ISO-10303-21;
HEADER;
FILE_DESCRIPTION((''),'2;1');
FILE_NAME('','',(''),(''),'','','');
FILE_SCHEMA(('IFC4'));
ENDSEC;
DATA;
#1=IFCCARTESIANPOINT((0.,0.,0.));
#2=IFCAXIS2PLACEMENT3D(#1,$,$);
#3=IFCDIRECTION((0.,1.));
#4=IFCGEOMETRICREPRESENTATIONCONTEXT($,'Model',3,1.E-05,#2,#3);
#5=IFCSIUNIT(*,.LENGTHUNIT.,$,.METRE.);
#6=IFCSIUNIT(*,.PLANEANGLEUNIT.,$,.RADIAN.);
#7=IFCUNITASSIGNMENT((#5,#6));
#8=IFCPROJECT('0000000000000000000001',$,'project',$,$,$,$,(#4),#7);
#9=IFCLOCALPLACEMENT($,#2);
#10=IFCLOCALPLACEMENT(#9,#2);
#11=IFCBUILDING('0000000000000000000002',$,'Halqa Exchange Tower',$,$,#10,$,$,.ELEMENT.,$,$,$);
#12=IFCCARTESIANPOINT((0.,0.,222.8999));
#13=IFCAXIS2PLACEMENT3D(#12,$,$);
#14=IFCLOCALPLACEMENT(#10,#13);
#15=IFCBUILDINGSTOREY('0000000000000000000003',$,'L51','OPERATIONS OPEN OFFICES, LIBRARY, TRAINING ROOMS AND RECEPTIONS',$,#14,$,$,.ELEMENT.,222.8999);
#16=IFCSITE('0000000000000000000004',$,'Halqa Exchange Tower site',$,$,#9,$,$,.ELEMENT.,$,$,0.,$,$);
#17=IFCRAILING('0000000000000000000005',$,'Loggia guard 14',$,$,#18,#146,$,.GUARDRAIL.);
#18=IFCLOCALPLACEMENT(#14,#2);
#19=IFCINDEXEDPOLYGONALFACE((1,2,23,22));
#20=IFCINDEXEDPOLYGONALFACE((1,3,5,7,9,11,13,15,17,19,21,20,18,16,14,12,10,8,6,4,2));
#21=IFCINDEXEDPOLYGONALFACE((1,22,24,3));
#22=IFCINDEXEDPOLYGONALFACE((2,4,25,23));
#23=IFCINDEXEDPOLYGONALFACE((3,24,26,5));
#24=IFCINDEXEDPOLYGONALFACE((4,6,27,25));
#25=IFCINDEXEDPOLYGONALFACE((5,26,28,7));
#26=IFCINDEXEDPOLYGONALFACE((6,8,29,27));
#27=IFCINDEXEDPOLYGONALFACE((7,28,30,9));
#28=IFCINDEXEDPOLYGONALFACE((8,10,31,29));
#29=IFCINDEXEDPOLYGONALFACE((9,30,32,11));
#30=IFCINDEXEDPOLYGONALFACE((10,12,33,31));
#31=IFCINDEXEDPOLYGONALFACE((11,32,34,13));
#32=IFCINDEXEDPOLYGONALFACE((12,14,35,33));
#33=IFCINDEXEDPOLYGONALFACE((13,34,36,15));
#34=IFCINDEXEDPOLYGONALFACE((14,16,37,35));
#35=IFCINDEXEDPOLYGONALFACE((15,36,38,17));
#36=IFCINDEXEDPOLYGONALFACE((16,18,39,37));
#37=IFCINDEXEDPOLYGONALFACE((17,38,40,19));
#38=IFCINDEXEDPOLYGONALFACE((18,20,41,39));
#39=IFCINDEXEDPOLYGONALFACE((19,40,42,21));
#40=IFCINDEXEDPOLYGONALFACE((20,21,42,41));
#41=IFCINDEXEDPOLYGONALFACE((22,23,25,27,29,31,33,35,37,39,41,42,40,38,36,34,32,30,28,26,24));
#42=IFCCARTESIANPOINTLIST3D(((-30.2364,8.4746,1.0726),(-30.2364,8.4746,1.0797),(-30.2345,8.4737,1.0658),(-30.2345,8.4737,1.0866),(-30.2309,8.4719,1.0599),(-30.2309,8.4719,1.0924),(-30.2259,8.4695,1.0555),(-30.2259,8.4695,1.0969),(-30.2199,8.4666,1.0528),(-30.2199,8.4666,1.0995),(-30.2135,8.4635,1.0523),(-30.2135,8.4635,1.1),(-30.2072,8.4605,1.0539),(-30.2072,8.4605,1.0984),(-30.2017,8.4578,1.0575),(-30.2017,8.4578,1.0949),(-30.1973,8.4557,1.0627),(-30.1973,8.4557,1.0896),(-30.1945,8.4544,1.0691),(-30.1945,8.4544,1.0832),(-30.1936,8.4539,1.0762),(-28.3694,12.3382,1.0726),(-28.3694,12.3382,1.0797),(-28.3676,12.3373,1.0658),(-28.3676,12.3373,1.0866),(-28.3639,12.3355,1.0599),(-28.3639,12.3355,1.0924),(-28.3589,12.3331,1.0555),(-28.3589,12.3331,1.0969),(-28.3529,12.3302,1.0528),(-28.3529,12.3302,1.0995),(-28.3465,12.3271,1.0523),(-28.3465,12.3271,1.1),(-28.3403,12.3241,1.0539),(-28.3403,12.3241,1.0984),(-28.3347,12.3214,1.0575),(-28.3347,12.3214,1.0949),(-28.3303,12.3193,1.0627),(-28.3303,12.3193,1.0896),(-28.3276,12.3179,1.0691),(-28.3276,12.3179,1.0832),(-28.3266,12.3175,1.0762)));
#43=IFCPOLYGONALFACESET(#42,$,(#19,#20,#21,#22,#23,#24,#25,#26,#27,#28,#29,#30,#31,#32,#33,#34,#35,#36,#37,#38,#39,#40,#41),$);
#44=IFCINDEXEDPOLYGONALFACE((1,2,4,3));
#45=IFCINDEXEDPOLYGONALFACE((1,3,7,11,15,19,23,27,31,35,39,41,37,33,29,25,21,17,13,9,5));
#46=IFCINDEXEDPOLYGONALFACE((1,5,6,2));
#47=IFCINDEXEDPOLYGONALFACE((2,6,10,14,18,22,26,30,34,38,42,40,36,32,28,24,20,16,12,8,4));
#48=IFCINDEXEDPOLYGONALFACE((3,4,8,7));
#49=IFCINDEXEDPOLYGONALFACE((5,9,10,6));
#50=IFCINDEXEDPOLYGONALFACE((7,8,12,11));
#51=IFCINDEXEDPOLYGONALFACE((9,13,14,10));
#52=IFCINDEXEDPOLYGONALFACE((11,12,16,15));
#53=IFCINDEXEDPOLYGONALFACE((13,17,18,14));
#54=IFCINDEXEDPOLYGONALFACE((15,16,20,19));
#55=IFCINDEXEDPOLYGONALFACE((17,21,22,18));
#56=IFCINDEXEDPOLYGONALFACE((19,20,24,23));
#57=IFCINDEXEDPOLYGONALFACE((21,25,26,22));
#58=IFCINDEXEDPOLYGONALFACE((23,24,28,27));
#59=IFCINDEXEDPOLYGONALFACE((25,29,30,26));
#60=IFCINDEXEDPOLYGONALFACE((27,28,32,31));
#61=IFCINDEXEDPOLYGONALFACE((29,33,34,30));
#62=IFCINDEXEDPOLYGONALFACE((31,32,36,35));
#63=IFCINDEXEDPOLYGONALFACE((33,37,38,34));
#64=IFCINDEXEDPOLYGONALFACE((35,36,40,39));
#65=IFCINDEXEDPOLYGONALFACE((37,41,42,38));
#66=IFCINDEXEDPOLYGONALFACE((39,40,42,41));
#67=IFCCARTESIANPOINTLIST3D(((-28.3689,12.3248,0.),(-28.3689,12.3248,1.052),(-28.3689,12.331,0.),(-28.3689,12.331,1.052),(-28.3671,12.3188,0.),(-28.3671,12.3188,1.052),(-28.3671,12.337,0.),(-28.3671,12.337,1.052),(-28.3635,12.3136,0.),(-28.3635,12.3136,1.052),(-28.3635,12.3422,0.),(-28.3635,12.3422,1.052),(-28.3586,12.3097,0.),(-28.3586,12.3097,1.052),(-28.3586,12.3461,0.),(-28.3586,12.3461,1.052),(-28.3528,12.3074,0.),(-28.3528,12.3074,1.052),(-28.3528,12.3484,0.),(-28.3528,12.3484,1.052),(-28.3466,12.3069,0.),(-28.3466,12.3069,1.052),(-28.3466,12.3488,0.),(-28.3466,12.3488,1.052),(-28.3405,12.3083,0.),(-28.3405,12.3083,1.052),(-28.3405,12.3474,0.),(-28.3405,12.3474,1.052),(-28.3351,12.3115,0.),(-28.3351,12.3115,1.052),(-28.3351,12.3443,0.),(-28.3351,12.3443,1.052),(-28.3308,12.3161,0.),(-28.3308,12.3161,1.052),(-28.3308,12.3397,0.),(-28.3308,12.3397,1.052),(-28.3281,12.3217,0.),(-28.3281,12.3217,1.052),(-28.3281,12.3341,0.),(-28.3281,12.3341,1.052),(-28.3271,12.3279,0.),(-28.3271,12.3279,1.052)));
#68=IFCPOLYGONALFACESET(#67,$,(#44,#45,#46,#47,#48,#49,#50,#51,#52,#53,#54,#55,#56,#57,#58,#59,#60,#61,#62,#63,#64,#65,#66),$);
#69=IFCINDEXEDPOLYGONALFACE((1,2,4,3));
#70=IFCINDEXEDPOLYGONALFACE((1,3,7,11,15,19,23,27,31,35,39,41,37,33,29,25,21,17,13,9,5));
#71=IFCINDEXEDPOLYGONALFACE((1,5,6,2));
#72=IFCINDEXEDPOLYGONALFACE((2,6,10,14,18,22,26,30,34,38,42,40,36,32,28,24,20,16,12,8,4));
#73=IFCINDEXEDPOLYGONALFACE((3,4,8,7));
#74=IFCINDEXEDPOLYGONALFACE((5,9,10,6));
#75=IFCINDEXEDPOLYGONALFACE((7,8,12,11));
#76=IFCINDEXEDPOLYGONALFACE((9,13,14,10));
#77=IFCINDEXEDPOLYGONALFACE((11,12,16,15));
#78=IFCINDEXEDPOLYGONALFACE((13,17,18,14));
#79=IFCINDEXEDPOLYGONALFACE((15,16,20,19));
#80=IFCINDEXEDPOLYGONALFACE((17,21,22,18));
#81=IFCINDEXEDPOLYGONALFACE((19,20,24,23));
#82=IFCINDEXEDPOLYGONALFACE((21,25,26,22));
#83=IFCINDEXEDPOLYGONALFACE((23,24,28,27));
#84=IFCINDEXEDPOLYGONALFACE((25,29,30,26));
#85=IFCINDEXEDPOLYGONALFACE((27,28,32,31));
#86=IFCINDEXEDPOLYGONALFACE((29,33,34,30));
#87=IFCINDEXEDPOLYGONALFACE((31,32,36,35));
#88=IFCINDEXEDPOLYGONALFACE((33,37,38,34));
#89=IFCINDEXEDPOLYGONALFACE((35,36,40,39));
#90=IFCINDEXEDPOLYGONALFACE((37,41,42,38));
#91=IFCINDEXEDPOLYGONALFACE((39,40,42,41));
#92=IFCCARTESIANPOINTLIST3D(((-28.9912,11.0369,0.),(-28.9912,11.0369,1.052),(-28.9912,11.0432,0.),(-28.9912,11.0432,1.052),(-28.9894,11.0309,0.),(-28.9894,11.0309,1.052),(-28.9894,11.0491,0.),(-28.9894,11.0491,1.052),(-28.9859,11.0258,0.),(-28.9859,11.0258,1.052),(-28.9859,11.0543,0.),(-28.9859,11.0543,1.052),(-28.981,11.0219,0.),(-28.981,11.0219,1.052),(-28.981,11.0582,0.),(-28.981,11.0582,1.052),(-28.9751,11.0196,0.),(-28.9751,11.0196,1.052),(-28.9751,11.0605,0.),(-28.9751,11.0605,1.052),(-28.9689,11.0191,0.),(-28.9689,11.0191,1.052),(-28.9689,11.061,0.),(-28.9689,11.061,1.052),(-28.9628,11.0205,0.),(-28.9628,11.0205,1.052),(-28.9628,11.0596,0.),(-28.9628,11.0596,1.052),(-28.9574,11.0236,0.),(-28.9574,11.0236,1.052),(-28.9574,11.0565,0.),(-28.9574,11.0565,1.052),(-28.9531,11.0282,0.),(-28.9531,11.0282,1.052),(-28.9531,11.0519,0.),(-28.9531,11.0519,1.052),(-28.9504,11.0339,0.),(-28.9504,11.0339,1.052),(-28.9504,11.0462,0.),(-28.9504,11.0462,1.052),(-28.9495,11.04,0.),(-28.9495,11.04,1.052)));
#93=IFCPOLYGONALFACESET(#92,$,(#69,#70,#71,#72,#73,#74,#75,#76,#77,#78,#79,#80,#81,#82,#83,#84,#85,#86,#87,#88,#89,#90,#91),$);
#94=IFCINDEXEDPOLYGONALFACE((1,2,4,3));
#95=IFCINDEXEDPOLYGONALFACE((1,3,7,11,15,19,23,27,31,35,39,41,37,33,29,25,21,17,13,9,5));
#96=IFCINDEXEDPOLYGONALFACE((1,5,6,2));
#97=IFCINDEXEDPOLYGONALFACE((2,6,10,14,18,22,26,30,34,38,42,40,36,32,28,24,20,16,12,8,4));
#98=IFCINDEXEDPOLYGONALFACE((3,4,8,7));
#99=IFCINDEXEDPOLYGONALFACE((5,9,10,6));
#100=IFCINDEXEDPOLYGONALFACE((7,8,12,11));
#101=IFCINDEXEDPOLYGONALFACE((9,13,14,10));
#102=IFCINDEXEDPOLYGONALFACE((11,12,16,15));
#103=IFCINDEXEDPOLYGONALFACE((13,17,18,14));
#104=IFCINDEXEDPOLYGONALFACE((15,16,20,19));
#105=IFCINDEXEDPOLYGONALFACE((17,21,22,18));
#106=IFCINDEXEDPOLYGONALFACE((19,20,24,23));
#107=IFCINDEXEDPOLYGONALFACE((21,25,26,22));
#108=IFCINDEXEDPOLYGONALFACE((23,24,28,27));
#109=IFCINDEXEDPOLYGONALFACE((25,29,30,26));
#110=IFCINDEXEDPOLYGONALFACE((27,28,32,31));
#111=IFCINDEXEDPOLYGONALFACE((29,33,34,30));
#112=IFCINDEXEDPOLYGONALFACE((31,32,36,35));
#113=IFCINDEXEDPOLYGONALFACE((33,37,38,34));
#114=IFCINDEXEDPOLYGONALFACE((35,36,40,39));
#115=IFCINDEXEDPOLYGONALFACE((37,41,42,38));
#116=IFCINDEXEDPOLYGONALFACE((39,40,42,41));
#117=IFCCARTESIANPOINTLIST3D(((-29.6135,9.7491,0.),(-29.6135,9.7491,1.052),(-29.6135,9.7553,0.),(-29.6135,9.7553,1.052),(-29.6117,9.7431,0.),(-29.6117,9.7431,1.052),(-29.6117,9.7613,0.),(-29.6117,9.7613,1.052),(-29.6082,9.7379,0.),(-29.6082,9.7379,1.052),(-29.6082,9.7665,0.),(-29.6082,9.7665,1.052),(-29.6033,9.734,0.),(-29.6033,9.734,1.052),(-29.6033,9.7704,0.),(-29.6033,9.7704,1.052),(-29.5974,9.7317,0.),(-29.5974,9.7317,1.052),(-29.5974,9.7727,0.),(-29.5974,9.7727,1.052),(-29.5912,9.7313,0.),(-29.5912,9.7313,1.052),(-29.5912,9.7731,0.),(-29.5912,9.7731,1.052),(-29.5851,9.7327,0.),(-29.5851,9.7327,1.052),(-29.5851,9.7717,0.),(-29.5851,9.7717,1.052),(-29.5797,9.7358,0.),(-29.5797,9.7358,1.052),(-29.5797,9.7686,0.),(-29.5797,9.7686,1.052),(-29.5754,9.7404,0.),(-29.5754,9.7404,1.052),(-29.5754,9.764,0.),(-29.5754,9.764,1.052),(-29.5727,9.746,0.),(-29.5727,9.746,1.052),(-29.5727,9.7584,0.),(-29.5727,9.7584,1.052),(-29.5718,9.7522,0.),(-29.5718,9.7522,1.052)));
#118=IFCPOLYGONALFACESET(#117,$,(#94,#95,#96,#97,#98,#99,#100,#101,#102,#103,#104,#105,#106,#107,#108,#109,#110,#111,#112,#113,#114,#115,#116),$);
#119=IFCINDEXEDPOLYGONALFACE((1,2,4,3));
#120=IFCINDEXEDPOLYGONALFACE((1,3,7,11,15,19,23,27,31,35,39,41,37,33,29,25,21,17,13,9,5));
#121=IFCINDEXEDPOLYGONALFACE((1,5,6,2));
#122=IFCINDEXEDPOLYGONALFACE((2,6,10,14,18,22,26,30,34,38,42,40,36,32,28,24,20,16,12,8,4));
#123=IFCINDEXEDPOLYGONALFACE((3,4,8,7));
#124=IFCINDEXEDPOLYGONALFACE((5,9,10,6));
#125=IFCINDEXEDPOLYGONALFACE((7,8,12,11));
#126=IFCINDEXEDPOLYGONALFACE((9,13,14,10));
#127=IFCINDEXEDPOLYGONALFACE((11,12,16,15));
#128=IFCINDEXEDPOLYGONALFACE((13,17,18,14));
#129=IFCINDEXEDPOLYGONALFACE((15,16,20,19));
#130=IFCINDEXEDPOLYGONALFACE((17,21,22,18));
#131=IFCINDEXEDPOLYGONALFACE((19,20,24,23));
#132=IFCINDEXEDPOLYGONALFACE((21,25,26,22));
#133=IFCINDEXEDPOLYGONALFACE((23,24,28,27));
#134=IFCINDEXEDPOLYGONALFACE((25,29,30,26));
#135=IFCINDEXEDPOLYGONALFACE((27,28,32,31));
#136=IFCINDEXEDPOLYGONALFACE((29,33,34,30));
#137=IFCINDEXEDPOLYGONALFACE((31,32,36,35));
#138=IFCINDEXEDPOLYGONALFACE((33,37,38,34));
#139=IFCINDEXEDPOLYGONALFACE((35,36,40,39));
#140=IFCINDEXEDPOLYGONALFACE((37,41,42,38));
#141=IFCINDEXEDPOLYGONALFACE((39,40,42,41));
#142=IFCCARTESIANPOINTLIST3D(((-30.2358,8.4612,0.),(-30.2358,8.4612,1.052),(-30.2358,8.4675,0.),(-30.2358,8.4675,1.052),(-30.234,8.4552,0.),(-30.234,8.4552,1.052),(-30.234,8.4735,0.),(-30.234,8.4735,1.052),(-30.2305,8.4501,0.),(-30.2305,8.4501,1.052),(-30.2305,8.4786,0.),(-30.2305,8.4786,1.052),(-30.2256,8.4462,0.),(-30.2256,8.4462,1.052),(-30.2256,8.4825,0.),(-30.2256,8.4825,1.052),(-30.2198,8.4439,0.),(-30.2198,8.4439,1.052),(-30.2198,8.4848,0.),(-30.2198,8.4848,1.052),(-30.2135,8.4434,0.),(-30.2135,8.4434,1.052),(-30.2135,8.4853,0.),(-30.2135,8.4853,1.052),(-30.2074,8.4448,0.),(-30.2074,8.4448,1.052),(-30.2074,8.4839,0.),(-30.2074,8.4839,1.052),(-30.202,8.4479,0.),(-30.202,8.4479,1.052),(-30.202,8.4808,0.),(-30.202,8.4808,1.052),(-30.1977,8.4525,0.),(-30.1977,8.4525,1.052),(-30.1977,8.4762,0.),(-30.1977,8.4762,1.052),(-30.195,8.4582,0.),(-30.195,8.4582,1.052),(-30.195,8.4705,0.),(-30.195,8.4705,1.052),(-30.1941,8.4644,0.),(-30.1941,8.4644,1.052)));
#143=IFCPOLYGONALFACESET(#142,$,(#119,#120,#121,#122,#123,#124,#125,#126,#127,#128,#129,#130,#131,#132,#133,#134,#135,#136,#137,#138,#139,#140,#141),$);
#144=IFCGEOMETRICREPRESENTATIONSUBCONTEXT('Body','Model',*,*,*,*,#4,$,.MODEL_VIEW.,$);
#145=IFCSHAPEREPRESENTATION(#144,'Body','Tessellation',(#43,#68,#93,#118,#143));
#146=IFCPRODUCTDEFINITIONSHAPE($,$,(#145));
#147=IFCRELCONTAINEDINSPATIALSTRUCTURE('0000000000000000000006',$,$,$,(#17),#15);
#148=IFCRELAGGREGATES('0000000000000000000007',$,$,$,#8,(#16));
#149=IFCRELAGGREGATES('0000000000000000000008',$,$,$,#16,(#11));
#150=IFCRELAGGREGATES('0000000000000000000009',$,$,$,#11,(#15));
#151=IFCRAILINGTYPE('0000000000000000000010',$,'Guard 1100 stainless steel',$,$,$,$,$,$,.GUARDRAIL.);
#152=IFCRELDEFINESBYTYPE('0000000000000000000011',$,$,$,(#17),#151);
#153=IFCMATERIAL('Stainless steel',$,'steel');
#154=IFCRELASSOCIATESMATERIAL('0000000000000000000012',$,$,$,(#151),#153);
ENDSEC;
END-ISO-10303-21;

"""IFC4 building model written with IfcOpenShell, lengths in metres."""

from ifc_helpers import new_model, si_unit, direction, frame, origin, origin_2d, place, context, subcontext, project, spatial, circle, extrude, material, type_object, element, save


model = new_model("IFC4")

# Units and contexts
model_context = context("Model", 3, precision=1e-05, world=origin(), true_north=direction((0.0, 1.0)))
body_context = subcontext(model_context, "Body", "Model", "MODEL_VIEW")
ifc_project = project(units=[si_unit("LENGTHUNIT", "METRE"), si_unit("PLANEANGLEUNIT", "RADIAN")], contexts=[model_context])

# Site, building, storey
site_placement = place(None, origin())
site = spatial("IfcSite", under=ifc_project, at=site_placement, Name="Halqa Exchange Tower site", CompositionType="ELEMENT", RefElevation=0.0)
building_placement = place(site_placement, origin())
building = spatial("IfcBuilding", under=site, at=building_placement, Name="Halqa Exchange Tower", CompositionType="ELEMENT")
storey_placement = place(building_placement, frame((0.0, 0.0, 222.8999)))
storey = spatial("IfcBuildingStorey", under=building, at=storey_placement, Name="L51", Description="OPERATIONS OPEN OFFICES, LIBRARY, TRAINING ROOMS AND RECEPTIONS", CompositionType="ELEMENT", Elevation=222.8999)

# Railing
ifc_material_1 = material(Name="Stainless steel", Category="steel")
railing_type = type_object("IfcRailingType", Name="Guard 1100 stainless steel", PredefinedType="GUARDRAIL", material=ifc_material_1)
railing_1_placement = place(storey_placement, frame((-28.3481, 12.3279, 0.0)))
element("IfcRailing", 1, at=railing_1_placement, inside=storey, type_object=railing_type, Name="Loggia guard 14", PredefinedType="GUARDRAIL", context=body_context, shape_type="SweptSolid", body=[
    extrude(circle(Radius=0.0239, at=origin_2d()), frame((0.0, 0.0, 1.0762), z_axis=(-0.435088, -0.900388, 0.0), x_axis=(0.900388, -0.435088, 0.0)), (0.0, 0.0, 1.0), 4.291),
    extrude(circle(Radius=0.021, at=origin_2d()), origin(), (0.0, 0.0, 1.0), 1.052),
    extrude(circle(Radius=0.021, at=origin_2d()), frame((-0.6223, -1.2878, 0.0)), (0.0, 0.0, 1.0), 1.052),
    extrude(circle(Radius=0.021, at=origin_2d()), frame((-1.2446, -2.5757, 0.0)), (0.0, 0.0, 1.0), 1.052),
    extrude(circle(Radius=0.021, at=origin_2d()), frame((-1.8669, -3.8635, 0.0)), (0.0, 0.0, 1.0), 1.052),
])

save(model, "model.ifc")
